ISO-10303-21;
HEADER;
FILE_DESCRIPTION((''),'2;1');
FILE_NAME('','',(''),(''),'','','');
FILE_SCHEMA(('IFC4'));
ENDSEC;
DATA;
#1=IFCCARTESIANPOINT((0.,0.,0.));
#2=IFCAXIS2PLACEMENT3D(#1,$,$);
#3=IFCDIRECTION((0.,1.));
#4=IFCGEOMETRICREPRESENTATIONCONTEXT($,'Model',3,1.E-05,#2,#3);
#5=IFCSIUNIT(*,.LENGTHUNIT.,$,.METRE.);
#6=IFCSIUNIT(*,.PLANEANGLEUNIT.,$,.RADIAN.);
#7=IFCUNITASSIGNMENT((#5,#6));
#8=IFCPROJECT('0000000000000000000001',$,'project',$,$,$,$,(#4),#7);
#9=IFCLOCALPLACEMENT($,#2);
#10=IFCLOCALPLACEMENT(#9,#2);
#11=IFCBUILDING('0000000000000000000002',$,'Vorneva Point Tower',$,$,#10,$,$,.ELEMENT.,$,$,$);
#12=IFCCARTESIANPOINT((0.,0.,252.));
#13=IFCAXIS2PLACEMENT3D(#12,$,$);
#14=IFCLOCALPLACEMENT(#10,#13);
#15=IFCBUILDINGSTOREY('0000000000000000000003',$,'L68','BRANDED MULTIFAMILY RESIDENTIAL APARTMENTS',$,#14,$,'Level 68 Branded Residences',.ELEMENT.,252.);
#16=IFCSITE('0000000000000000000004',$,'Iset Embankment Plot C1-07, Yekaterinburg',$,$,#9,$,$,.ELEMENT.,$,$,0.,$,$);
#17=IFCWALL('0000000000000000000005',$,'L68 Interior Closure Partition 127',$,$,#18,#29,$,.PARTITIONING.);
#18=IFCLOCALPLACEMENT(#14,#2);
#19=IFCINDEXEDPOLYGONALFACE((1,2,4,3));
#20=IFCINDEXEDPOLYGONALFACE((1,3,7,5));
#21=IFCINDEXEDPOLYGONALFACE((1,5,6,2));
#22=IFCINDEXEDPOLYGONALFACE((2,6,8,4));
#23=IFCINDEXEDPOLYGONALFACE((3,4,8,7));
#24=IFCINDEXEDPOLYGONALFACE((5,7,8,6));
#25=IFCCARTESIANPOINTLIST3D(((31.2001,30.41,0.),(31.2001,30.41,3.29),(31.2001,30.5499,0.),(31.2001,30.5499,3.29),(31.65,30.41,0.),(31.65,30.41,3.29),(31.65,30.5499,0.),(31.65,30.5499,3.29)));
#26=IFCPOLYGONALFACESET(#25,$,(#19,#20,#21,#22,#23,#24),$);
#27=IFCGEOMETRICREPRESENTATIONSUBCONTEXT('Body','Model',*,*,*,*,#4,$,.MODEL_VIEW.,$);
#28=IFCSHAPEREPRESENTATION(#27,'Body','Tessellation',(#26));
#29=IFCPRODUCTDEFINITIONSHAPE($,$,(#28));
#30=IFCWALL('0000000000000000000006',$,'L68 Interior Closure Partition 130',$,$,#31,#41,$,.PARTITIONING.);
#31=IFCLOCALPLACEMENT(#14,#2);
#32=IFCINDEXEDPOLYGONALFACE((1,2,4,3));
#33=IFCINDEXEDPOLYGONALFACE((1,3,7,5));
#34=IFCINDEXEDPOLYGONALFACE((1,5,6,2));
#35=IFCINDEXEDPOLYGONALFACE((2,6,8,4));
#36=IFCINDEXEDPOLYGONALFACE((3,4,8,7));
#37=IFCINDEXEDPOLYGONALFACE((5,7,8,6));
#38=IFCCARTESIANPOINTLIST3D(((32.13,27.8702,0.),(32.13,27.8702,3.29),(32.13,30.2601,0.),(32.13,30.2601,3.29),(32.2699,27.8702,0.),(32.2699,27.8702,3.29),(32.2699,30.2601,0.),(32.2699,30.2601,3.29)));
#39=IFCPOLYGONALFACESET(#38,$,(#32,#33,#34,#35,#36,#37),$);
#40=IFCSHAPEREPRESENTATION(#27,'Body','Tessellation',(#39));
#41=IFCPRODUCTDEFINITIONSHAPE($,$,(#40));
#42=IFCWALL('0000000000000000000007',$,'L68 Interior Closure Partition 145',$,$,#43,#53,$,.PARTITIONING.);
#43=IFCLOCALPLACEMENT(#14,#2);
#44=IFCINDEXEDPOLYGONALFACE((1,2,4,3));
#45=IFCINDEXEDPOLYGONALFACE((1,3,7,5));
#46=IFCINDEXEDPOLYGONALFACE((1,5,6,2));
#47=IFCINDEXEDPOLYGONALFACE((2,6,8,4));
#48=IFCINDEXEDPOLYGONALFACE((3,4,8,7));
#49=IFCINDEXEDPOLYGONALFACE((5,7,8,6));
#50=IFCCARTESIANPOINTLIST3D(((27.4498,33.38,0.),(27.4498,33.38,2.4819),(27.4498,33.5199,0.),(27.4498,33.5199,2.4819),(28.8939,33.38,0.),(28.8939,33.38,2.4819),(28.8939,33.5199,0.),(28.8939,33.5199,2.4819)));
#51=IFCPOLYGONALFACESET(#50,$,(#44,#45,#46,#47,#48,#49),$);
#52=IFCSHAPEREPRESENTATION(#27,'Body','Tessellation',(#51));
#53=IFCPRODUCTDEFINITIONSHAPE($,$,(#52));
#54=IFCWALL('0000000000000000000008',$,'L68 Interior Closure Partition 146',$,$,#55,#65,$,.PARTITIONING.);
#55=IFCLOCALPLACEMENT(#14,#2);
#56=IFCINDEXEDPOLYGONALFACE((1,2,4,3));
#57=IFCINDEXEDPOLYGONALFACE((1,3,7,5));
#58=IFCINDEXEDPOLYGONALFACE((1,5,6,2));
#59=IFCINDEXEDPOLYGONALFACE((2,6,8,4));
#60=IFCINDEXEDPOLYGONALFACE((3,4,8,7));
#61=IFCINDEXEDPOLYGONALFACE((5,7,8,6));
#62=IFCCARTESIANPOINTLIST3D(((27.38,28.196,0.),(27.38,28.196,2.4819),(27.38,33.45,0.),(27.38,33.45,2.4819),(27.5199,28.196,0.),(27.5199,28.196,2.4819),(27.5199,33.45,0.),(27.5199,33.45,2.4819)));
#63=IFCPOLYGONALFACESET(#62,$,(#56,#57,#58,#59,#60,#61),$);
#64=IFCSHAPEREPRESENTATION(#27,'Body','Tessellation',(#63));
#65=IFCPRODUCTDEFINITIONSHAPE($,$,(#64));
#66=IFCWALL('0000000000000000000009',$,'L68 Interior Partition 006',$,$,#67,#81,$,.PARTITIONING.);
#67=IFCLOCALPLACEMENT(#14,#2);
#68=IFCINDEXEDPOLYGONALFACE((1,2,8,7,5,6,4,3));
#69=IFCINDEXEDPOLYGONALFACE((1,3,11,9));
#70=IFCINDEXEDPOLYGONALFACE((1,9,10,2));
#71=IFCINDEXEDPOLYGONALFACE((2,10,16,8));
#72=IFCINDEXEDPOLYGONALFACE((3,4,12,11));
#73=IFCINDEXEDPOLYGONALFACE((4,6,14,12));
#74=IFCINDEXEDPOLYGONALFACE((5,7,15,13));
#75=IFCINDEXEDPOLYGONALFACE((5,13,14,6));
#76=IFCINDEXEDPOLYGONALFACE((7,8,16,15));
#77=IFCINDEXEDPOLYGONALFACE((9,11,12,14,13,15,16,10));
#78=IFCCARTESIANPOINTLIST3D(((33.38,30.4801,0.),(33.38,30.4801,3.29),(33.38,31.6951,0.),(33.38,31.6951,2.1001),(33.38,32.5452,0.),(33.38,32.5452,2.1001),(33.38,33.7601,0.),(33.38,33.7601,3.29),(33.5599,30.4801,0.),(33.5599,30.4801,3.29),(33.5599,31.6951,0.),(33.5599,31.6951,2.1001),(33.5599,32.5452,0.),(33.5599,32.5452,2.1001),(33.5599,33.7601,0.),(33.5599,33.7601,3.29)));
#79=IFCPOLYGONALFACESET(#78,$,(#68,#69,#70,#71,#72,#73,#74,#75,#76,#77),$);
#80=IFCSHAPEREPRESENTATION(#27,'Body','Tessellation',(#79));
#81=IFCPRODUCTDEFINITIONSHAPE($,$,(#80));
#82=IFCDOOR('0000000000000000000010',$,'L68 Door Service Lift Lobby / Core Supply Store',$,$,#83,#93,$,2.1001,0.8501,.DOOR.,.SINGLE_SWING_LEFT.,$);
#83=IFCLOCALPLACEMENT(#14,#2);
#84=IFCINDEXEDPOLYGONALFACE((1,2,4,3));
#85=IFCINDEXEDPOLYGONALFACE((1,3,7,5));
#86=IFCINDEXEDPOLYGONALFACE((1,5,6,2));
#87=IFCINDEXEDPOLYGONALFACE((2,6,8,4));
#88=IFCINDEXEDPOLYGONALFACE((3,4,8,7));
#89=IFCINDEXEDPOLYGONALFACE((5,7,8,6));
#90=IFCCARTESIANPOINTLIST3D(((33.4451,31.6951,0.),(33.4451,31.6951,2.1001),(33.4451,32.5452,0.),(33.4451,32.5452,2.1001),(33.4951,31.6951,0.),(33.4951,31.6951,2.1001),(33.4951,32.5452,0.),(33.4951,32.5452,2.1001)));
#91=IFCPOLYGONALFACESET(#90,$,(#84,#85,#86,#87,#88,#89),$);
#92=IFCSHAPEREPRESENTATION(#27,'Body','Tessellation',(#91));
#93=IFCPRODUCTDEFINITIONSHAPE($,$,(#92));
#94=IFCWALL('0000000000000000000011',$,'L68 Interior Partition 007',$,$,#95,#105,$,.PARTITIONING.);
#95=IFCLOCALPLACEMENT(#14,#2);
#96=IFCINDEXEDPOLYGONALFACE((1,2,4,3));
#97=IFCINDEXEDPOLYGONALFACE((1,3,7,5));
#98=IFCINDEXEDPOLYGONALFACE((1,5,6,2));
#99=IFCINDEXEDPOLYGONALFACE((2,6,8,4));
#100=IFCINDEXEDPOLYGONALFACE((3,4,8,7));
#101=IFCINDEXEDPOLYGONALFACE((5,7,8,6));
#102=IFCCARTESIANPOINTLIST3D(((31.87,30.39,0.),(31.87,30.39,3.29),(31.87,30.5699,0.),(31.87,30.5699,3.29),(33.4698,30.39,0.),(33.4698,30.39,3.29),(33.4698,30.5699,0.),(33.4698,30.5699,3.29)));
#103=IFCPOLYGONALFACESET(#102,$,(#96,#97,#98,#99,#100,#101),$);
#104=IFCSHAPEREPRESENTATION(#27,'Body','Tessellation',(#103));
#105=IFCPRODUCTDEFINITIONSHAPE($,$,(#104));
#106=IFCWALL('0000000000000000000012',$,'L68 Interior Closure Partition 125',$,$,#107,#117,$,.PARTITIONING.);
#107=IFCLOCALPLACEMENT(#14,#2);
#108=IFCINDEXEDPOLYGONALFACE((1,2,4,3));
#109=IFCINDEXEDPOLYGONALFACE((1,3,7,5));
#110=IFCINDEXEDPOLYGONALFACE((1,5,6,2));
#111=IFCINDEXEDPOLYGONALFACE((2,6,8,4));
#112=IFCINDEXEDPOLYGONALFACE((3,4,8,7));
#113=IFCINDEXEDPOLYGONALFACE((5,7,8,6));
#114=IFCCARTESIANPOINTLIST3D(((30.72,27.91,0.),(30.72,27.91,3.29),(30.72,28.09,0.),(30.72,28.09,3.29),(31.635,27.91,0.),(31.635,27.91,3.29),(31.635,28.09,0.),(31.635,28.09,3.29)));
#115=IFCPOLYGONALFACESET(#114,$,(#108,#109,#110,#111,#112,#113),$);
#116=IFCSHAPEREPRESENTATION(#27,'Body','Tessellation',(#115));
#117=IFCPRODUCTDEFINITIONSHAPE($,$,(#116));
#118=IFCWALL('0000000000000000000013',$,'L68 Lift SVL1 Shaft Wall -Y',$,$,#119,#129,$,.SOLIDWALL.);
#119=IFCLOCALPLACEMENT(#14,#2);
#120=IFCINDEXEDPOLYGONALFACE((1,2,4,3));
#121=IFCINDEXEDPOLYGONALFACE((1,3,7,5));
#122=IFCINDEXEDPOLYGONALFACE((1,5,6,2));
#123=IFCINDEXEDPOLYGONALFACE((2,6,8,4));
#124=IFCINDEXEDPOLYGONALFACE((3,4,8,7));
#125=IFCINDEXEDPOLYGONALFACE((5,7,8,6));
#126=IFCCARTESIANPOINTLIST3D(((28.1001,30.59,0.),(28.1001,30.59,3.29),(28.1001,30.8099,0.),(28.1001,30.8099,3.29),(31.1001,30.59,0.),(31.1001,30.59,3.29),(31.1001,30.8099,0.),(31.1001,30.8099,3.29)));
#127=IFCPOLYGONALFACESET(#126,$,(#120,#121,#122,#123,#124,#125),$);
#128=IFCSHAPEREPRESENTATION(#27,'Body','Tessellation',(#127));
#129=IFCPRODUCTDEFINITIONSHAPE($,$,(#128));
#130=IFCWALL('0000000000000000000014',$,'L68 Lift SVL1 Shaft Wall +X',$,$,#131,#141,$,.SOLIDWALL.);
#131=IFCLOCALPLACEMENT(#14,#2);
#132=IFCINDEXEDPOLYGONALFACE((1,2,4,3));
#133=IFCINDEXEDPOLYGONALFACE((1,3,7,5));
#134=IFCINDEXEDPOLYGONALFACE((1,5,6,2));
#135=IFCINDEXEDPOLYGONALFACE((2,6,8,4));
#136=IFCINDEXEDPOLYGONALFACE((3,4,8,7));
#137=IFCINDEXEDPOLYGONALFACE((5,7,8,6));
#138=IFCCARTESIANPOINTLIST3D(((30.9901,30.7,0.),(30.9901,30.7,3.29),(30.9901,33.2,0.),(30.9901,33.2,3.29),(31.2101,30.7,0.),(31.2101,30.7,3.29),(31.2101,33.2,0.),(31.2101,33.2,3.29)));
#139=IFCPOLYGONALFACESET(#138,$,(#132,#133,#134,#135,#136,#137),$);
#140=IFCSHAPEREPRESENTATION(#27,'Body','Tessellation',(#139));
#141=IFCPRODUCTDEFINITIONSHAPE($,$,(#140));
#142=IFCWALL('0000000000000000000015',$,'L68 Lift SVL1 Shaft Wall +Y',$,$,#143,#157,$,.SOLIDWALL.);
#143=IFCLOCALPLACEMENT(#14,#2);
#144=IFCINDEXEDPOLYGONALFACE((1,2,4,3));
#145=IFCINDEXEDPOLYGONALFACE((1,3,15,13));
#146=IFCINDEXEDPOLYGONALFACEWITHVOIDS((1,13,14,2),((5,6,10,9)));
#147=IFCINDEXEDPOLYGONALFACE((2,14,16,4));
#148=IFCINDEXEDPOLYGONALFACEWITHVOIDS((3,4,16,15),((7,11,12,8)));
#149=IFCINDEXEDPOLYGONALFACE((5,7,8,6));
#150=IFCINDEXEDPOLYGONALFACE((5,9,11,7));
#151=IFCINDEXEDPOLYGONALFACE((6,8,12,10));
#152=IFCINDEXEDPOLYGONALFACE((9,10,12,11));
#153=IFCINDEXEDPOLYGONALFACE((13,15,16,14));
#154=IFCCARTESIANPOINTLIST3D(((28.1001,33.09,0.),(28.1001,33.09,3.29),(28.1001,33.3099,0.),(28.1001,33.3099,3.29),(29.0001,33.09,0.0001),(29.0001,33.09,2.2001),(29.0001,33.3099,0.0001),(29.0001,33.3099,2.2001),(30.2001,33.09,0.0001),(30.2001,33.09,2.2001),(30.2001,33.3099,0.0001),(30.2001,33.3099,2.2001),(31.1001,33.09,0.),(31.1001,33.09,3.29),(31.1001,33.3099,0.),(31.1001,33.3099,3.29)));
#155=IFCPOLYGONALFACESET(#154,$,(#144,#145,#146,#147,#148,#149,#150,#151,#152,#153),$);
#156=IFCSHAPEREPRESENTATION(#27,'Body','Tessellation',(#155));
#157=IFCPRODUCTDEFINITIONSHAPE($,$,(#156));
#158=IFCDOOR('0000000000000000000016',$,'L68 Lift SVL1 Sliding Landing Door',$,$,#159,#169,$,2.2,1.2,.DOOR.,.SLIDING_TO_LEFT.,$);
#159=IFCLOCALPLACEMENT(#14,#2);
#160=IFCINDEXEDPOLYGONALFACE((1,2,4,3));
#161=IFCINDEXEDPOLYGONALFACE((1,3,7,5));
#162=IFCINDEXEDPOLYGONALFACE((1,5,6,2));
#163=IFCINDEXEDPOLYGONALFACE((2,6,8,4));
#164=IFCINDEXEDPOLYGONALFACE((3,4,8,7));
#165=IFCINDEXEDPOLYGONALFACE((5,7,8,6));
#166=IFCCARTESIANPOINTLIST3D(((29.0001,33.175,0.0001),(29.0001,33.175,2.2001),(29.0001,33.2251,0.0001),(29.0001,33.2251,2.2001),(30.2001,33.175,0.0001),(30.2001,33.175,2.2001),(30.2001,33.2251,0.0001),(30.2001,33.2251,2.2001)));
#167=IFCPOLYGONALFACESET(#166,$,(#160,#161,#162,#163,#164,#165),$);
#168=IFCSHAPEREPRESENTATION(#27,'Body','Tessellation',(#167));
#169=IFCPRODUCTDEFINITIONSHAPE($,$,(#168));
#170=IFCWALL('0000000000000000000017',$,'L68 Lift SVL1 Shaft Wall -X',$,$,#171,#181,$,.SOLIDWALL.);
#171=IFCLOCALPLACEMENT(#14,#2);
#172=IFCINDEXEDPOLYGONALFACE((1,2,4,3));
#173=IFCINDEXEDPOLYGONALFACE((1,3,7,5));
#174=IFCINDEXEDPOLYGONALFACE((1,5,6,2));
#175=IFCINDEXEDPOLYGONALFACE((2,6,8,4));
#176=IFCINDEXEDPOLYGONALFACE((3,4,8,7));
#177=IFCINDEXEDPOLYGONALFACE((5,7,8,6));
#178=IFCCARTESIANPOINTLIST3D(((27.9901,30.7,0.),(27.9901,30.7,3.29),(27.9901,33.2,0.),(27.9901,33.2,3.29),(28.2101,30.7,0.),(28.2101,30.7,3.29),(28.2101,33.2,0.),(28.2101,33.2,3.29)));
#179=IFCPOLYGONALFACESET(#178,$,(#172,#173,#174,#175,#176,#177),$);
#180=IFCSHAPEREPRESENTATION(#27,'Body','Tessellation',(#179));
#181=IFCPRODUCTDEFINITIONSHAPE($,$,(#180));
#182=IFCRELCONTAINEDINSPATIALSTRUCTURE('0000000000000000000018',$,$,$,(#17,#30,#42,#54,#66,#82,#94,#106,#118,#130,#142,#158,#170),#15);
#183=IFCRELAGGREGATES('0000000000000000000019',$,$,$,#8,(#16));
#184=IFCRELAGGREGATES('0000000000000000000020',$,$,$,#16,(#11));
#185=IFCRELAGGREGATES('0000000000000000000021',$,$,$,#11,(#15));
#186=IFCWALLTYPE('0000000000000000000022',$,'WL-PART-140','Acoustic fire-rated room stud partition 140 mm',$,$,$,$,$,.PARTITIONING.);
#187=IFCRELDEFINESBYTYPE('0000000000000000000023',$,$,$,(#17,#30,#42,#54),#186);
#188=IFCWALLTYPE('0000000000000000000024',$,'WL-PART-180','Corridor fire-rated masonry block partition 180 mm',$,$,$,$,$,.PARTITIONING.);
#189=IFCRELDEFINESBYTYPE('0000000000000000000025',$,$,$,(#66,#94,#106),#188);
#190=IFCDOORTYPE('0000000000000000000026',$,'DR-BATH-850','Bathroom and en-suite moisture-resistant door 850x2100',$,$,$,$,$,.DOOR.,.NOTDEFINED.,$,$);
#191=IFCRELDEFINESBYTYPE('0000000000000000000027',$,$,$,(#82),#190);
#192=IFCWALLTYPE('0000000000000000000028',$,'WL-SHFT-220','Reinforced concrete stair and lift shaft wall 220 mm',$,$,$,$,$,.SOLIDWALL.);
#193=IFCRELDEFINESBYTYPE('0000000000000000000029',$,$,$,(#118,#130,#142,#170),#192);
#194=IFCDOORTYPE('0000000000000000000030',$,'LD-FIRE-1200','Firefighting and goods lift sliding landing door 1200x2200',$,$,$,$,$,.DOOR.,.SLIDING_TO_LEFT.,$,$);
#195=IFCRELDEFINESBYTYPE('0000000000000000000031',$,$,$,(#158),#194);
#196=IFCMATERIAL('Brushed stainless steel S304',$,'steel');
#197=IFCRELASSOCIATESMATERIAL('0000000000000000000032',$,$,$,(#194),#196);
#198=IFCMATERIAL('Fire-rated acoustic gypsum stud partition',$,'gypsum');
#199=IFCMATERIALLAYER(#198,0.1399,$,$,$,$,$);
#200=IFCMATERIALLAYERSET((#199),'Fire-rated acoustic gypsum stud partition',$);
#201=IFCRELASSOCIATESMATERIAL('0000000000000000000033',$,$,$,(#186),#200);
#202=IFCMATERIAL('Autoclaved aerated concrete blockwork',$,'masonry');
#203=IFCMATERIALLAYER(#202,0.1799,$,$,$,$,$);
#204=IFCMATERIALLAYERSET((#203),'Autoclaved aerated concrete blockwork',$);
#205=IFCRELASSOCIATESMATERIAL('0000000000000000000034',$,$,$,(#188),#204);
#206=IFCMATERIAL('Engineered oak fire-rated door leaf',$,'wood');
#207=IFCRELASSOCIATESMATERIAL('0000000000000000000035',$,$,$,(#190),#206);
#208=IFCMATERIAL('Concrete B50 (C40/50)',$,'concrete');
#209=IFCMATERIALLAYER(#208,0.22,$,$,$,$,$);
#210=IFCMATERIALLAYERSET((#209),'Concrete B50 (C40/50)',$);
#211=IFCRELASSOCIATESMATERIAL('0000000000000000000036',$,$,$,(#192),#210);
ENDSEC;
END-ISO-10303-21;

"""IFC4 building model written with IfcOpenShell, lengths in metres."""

from ifc_helpers import new_model, si_unit, direction, frame, frame_2d, origin, place, context, subcontext, project, spatial, rectangle, extrude, material, layer, layer_set, type_object, element, fill, save


model = new_model("IFC4")

# Units and contexts
model_context = context("Model", 3, precision=1e-05, world=origin(), true_north=direction((0.0, 1.0)))
body_context = subcontext(model_context, "Body", "Model", "MODEL_VIEW")
ifc_project = project(units=[si_unit("LENGTHUNIT", "METRE"), si_unit("PLANEANGLEUNIT", "RADIAN")], contexts=[model_context])

# Site, building, storey
site_placement = place(None, origin())
site = spatial("IfcSite", under=ifc_project, at=site_placement, Name="Iset Embankment Plot C1-07, Yekaterinburg", CompositionType="ELEMENT", RefElevation=0.0)
building_placement = place(site_placement, origin())
building = spatial("IfcBuilding", under=site, at=building_placement, Name="Vorneva Point Tower", CompositionType="ELEMENT")
storey_placement = place(building_placement, frame((0.0, 0.0, 252.0)))
storey = spatial("IfcBuildingStorey", under=building, at=storey_placement, Name="L68", Description="BRANDED MULTIFAMILY RESIDENTIAL APARTMENTS", LongName="Level 68 Branded Residences", CompositionType="ELEMENT", Elevation=252.0)

# Shared definitions
ifc_material_1 = material(Name="Concrete B50 (C40/50)", Category="concrete")

# Shared definitions
ifc_material_2 = material(Name="Brushed stainless steel S304", Category="steel")
door_type_1 = type_object("IfcDoorType", Name="LD-FIRE-1200", Description="Firefighting and goods lift sliding landing door 1200x2200", OperationType="SLIDING_TO_LEFT", PredefinedType="DOOR", material=ifc_material_2)

# Walls
ifc_material_3 = material(Name="Fire-rated acoustic gypsum stud partition", Category="gypsum")
ifc_layer_1 = layer(ifc_material_3, 0.1399)
ifc_layer_set_1 = layer_set([ifc_layer_1], Name="Fire-rated acoustic gypsum stud partition")
wall_type_1 = type_object("IfcWallType", Name="WL-PART-140", Description="Acoustic fire-rated room stud partition 140 mm", PredefinedType="PARTITIONING", material=ifc_layer_set_1)
wall_1_placement = place(storey_placement, frame((31.2, 30.48, 0.0), z_axis=(0.0, 0.0, 1.0), x_axis=(1.0, 0.0, 0.0)))
element("IfcWall", 1, at=wall_1_placement, inside=storey, type_object=wall_type_1, Name="L68 Interior Closure Partition 127", PredefinedType="PARTITIONING", context=body_context, shape_type="SweptSolid", body=[
    extrude(rectangle(XDim=0.45, YDim=0.1399, at=frame_2d((0.2251, 0.0))), origin(), (0.0, 0.0, 1.0), 3.29),
])
wall_2_placement = place(storey_placement, frame((32.2, 30.26, 0.0), z_axis=(0.0, 0.0, 1.0), x_axis=(0.0, -1.0, 0.0)))
element("IfcWall", 2, at=wall_2_placement, inside=storey, type_object=wall_type_1, Name="L68 Interior Closure Partition 130", PredefinedType="PARTITIONING", context=body_context, shape_type="SweptSolid", body=[
    extrude(rectangle(XDim=2.3899, YDim=0.1399, at=frame_2d((1.1948, 0.0))), origin(), (0.0, 0.0, 1.0), 3.29),
])
wall_3_placement = place(storey_placement, frame((28.894, 33.45, 0.0), z_axis=(0.0, 0.0, 1.0), x_axis=(-1.0, 0.0, 0.0)))
element("IfcWall", 3, at=wall_3_placement, inside=storey, type_object=wall_type_1, Name="L68 Interior Closure Partition 145", PredefinedType="PARTITIONING", context=body_context, shape_type="SweptSolid", body=[
    extrude(rectangle(XDim=1.4441, YDim=0.1399, at=frame_2d((0.7222, 0.0))), origin(), (0.0, 0.0, 1.0), 2.4819),
])
wall_4_placement = place(storey_placement, frame((27.45, 33.45, 0.0), z_axis=(0.0, 0.0, 1.0), x_axis=(0.0, -1.0, 0.0)))
element("IfcWall", 4, at=wall_4_placement, inside=storey, type_object=wall_type_1, Name="L68 Interior Closure Partition 146", PredefinedType="PARTITIONING", context=body_context, shape_type="SweptSolid", body=[
    extrude(rectangle(XDim=5.2539, YDim=0.1399, at=frame_2d((2.627, 0.0))), origin(), (0.0, 0.0, 1.0), 2.4819),
])

# Wall, opening, door
ifc_material_4 = material(Name="Autoclaved aerated concrete blockwork", Category="masonry")
ifc_layer_2 = layer(ifc_material_4, 0.1799)
ifc_layer_set_2 = layer_set([ifc_layer_2], Name="Autoclaved aerated concrete blockwork")
wall_type_2 = type_object("IfcWallType", Name="WL-PART-180", Description="Corridor fire-rated masonry block partition 180 mm", PredefinedType="PARTITIONING", material=ifc_layer_set_2)
wall_5_placement = place(storey_placement, frame((33.47, 30.48, 0.0), z_axis=(0.0, 0.0, 1.0), x_axis=(0.0, 1.0, 0.0)))
wall_5 = element("IfcWall", 5, at=wall_5_placement, inside=storey, type_object=wall_type_2, Name="L68 Interior Partition 006", PredefinedType="PARTITIONING", context=body_context, shape_type="SweptSolid", body=[
    extrude(rectangle(XDim=3.28, YDim=0.1799, at=frame_2d((1.6401, 0.0))), origin(), (0.0, 0.0, 1.0), 3.29),
])
opening_1_placement = place(wall_5_placement, frame((1.2151, 0.0, 0.0)))
opening_1 = element("IfcOpeningElement", 6, at=opening_1_placement, cuts=wall_5, PredefinedType="OPENING", context=body_context, shape_type="SweptSolid", body=[
    extrude(rectangle(XDim=0.8501, YDim=2.1001, at=frame_2d((0.425, 1.05))), frame((0.0, 0.105, 0.0), z_axis=(0.0, -1.0, 0.0), x_axis=(1.0, 0.0, 0.0)), (0.0, 0.0, 1.0), 0.2097),
])
ifc_material_5 = material(Name="Engineered oak fire-rated door leaf", Category="wood")
door_type_2 = type_object("IfcDoorType", Name="DR-BATH-850", Description="Bathroom and en-suite moisture-resistant door 850x2100", OperationType="NOTDEFINED", PredefinedType="DOOR", material=ifc_material_5)
door_1_placement = place(opening_1_placement, origin())
door_1 = element("IfcDoor", 7, at=door_1_placement, inside=storey, type_object=door_type_2, Name="L68 Door Service Lift Lobby / Core Supply Store", OperationType="SINGLE_SWING_LEFT", OverallHeight=2.1001, OverallWidth=0.8501, PredefinedType="DOOR", context=body_context, shape_type="SweptSolid", body=[
    extrude(rectangle(XDim=0.8501, YDim=2.1001, at=frame_2d((0.425, 1.05))), frame((0.0, 0.0249, 0.0), z_axis=(0.0, -1.0, 0.0), x_axis=(1.0, 0.0, 0.0)), (0.0, 0.0, 1.0), 0.05),
])
fill(opening_1, door_1)

# Walls
wall_6_placement = place(storey_placement, frame((31.8701, 30.48, 0.0), z_axis=(0.0, 0.0, 1.0), x_axis=(1.0, 0.0, 0.0)))
element("IfcWall", 8, at=wall_6_placement, inside=storey, type_object=wall_type_2, Name="L68 Interior Partition 007", PredefinedType="PARTITIONING", context=body_context, shape_type="SweptSolid", body=[
    extrude(rectangle(XDim=1.5999, YDim=0.1799, at=frame_2d((0.7998, 0.0))), origin(), (0.0, 0.0, 1.0), 3.29),
])
wall_7_placement = place(storey_placement, frame((31.635, 28.0, 0.0), z_axis=(0.0, 0.0, 1.0), x_axis=(-1.0, 0.0, 0.0)))
element("IfcWall", 9, at=wall_7_placement, inside=storey, type_object=wall_type_2, Name="L68 Interior Closure Partition 125", PredefinedType="PARTITIONING", context=body_context, shape_type="SweptSolid", body=[
    extrude(rectangle(XDim=0.915, YDim=0.1799, at=frame_2d((0.4575, 0.0))), origin(), (0.0, 0.0, 1.0), 3.29),
])
ifc_layer_3 = layer(ifc_material_1, 0.22)
ifc_layer_set_3 = layer_set([ifc_layer_3], Name="Concrete B50 (C40/50)")
wall_type_3 = type_object("IfcWallType", Name="WL-SHFT-220", Description="Reinforced concrete stair and lift shaft wall 220 mm", PredefinedType="SOLIDWALL", material=ifc_layer_set_3)
wall_8_placement = place(storey_placement, frame((28.1001, 30.7, 0.0), z_axis=(0.0, 0.0, 1.0), x_axis=(1.0, 0.0, 0.0)))
element("IfcWall", 10, at=wall_8_placement, inside=storey, type_object=wall_type_3, Name="L68 Lift SVL1 Shaft Wall -Y", PredefinedType="SOLIDWALL", context=body_context, shape_type="SweptSolid", body=[
    extrude(rectangle(XDim=3.0, YDim=0.22, at=frame_2d((1.5, 0.0))), origin(), (0.0, 0.0, 1.0), 3.29),
])
wall_9_placement = place(storey_placement, frame((31.1001, 30.7, 0.0), z_axis=(0.0, 0.0, 1.0), x_axis=(0.0, 1.0, 0.0)))
element("IfcWall", 11, at=wall_9_placement, inside=storey, type_object=wall_type_3, Name="L68 Lift SVL1 Shaft Wall +X", PredefinedType="SOLIDWALL", context=body_context, shape_type="SweptSolid", body=[
    extrude(rectangle(XDim=2.5, YDim=0.22, at=frame_2d((1.25, 0.0))), origin(), (0.0, 0.0, 1.0), 3.29),
])

# Wall, opening, door
wall_10_placement = place(storey_placement, frame((31.1001, 33.2, 0.0), z_axis=(0.0, 0.0, 1.0), x_axis=(-1.0, 0.0, 0.0)))
wall_10 = element("IfcWall", 12, at=wall_10_placement, inside=storey, type_object=wall_type_3, Name="L68 Lift SVL1 Shaft Wall +Y", PredefinedType="SOLIDWALL", context=body_context, shape_type="SweptSolid", body=[
    extrude(rectangle(XDim=3.0, YDim=0.22, at=frame_2d((1.5, 0.0))), origin(), (0.0, 0.0, 1.0), 3.29),
])
opening_2_placement = place(wall_10_placement, frame((0.8999, 0.0, 0.0)))
opening_2 = element("IfcOpeningElement", 13, at=opening_2_placement, cuts=wall_10, PredefinedType="OPENING", context=body_context, shape_type="SweptSolid", body=[
    extrude(rectangle(XDim=1.2, YDim=2.2, at=frame_2d((0.6001, 1.1001))), frame((0.0, 0.125, 0.0), z_axis=(0.0, -1.0, 0.0), x_axis=(1.0, 0.0, 0.0)), (0.0, 0.0, 1.0), 0.2498),
])
door_2_placement = place(opening_2_placement, origin())
door_2 = element("IfcDoor", 14, at=door_2_placement, inside=storey, type_object=door_type_1, Name="L68 Lift SVL1 Sliding Landing Door", OperationType="SLIDING_TO_LEFT", OverallHeight=2.2, OverallWidth=1.2, PredefinedType="DOOR", context=body_context, shape_type="SweptSolid", body=[
    extrude(rectangle(XDim=1.2, YDim=2.2, at=frame_2d((0.6001, 1.1001))), frame((0.0, 0.0249, 0.0), z_axis=(0.0, -1.0, 0.0), x_axis=(1.0, 0.0, 0.0)), (0.0, 0.0, 1.0), 0.05),
])
fill(opening_2, door_2)

# Wall
wall_11_placement = place(storey_placement, frame((28.1001, 33.2, 0.0), z_axis=(0.0, 0.0, 1.0), x_axis=(0.0, -1.0, 0.0)))
element("IfcWall", 15, at=wall_11_placement, inside=storey, type_object=wall_type_3, Name="L68 Lift SVL1 Shaft Wall -X", PredefinedType="SOLIDWALL", context=body_context, shape_type="SweptSolid", body=[
    extrude(rectangle(XDim=2.5, YDim=0.22, at=frame_2d((1.25, 0.0))), origin(), (0.0, 0.0, 1.0), 3.29),
])

save(model, "model.ifc")
